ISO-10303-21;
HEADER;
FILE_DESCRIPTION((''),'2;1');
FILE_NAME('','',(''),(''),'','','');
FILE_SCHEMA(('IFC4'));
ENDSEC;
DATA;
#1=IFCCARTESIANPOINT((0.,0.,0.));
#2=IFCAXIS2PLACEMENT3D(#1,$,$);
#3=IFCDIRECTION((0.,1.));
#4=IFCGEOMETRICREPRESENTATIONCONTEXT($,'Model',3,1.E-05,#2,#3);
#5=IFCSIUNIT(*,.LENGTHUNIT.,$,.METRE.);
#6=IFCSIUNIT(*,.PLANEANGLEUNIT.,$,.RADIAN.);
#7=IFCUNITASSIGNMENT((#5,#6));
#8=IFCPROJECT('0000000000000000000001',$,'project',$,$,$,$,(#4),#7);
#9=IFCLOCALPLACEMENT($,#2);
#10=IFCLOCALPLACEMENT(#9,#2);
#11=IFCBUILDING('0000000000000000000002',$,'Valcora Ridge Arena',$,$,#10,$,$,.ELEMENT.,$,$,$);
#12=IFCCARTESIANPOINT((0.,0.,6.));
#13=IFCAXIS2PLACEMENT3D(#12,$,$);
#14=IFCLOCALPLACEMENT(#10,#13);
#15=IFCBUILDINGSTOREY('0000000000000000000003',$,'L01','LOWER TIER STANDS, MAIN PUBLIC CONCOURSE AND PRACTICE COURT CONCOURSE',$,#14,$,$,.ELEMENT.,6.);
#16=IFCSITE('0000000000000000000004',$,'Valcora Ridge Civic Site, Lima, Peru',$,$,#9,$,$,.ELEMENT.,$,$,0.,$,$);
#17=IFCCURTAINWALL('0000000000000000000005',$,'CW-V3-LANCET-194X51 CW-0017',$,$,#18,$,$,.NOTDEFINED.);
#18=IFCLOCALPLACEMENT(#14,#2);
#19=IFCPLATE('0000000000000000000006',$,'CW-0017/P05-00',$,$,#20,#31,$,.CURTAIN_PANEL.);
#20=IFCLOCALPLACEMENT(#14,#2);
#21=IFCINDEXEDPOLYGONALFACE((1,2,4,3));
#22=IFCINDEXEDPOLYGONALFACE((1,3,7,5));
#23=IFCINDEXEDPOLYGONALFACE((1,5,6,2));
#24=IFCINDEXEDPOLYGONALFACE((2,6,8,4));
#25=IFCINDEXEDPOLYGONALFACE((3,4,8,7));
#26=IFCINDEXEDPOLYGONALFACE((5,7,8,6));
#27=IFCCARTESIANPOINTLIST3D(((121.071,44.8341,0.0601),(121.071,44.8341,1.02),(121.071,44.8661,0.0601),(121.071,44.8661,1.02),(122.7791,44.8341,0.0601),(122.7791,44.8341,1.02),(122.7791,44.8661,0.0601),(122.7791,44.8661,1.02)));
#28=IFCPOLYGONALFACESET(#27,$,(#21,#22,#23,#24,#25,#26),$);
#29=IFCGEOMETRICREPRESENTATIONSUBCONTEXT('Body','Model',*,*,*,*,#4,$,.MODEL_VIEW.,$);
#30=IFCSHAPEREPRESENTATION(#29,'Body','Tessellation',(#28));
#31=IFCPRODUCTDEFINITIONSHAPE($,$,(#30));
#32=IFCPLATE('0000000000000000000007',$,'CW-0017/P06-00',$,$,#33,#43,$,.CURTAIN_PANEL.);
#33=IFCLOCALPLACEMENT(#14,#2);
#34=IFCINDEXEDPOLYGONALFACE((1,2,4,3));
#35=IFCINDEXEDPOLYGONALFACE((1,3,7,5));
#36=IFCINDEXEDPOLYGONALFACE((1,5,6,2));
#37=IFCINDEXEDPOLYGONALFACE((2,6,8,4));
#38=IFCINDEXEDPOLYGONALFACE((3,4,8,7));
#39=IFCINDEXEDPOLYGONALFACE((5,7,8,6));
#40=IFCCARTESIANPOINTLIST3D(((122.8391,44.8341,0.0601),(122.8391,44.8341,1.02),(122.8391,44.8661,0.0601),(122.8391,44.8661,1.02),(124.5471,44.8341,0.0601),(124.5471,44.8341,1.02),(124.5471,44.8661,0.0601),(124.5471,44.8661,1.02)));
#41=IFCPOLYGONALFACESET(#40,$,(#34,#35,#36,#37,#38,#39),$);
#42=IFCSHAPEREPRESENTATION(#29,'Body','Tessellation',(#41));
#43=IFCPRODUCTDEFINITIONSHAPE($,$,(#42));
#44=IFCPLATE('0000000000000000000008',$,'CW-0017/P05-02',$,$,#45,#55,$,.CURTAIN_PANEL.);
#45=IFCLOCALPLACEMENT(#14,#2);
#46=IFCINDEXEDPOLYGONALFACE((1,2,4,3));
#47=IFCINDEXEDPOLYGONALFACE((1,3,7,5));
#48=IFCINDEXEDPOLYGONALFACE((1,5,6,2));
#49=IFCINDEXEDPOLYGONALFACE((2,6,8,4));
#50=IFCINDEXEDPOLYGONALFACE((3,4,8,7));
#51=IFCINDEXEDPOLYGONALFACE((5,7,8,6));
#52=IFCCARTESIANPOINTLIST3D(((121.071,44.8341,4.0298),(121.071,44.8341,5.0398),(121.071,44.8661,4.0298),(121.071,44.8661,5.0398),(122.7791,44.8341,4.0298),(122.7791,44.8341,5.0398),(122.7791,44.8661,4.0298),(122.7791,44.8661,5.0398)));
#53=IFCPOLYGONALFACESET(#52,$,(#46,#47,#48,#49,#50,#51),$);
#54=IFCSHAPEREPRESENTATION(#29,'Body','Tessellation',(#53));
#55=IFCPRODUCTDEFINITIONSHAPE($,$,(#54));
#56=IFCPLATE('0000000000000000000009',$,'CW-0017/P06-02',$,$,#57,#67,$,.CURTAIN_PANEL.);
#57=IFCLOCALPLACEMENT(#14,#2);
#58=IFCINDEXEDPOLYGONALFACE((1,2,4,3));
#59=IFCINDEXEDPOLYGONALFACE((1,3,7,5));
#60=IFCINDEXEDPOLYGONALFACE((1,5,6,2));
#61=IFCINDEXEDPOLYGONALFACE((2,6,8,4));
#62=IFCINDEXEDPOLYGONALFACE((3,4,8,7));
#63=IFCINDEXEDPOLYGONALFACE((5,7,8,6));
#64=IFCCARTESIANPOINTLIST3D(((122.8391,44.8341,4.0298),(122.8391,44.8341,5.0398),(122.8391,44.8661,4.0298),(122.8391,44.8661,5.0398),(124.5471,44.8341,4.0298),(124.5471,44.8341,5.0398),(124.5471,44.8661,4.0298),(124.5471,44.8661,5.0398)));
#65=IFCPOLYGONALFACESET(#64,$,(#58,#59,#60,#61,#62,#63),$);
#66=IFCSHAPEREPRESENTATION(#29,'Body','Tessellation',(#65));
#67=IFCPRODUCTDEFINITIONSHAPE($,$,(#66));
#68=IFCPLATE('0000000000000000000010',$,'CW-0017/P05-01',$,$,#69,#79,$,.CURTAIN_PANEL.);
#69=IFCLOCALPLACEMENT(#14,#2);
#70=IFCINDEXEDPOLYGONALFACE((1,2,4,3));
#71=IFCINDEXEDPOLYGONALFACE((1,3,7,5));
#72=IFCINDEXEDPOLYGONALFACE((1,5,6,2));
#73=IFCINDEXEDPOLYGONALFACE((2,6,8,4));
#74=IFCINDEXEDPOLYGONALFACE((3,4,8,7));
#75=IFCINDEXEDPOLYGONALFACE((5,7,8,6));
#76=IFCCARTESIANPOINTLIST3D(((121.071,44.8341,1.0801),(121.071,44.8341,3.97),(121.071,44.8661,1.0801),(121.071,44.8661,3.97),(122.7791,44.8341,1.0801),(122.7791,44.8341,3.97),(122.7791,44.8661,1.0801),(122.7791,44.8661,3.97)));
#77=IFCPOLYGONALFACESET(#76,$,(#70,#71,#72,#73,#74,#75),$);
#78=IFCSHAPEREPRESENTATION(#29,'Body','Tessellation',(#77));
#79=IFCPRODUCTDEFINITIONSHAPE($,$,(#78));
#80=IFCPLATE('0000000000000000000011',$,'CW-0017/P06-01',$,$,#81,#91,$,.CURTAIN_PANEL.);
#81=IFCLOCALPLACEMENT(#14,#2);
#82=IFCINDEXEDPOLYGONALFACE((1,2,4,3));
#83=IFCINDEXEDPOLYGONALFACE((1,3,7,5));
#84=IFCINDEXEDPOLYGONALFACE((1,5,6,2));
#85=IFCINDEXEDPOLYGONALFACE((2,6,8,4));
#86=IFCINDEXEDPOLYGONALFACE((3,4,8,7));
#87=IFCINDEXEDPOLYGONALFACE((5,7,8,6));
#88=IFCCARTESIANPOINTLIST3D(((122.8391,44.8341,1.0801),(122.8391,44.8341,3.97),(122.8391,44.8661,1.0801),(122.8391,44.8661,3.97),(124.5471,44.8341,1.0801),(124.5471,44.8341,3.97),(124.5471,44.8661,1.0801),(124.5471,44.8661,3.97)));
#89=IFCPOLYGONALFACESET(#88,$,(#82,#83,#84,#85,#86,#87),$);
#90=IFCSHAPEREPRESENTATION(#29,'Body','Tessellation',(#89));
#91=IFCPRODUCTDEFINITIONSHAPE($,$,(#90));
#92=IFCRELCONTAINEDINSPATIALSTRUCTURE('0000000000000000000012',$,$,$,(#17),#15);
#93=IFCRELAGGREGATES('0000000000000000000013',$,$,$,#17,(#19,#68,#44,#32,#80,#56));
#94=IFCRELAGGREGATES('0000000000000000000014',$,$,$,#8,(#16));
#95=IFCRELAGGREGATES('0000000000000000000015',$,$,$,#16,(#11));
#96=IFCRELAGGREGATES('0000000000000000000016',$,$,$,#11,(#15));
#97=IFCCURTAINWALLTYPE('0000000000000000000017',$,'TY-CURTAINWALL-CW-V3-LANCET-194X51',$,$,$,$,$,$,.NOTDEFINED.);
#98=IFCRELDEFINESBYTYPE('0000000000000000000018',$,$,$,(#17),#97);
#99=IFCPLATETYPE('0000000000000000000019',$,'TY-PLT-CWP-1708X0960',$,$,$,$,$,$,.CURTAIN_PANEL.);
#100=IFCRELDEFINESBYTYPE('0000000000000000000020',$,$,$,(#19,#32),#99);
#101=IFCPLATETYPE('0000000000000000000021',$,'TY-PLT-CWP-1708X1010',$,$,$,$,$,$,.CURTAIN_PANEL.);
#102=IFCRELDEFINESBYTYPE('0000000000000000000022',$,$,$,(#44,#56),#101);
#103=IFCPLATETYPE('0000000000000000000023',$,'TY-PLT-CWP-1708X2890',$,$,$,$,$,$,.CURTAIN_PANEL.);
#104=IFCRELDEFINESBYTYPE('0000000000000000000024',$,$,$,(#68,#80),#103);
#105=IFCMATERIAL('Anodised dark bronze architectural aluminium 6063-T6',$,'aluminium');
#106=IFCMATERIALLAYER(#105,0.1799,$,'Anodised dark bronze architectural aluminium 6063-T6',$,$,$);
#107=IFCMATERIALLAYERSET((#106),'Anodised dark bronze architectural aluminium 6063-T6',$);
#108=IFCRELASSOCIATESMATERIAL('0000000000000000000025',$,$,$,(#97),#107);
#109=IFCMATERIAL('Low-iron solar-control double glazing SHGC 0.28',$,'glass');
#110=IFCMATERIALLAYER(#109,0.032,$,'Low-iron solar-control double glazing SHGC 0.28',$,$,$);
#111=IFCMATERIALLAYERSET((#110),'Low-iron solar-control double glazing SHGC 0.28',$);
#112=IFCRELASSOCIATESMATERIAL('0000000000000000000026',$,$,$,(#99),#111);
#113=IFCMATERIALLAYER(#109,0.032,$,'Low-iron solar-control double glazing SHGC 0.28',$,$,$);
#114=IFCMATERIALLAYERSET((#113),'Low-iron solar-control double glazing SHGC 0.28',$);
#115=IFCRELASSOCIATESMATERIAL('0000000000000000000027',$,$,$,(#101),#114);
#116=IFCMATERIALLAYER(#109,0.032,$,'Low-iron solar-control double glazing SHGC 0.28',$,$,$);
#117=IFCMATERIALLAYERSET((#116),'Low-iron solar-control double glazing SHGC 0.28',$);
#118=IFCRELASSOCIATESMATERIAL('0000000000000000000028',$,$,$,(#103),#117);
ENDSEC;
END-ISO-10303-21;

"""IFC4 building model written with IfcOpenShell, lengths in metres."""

from ifc_helpers import new_model, si_unit, direction, frame, origin, origin_2d, place, context, subcontext, project, spatial, rectangle, extrude, material, layer, layer_set, type_object, element, aggregate, save


model = new_model("IFC4")

# Units and contexts
model_context = context("Model", 3, precision=1e-05, world=origin(), true_north=direction((0.0, 1.0)))
body_context = subcontext(model_context, "Body", "Model", "MODEL_VIEW")
ifc_project = project(units=[si_unit("LENGTHUNIT", "METRE"), si_unit("PLANEANGLEUNIT", "RADIAN")], contexts=[model_context])

# Site, building, storey
site_placement = place(None, origin())
site = spatial("IfcSite", under=ifc_project, at=site_placement, Name="Valcora Ridge Civic Site, Lima, Peru", CompositionType="ELEMENT", RefElevation=0.0)
building_placement = place(site_placement, origin())
building = spatial("IfcBuilding", under=site, at=building_placement, Name="Valcora Ridge Arena", CompositionType="ELEMENT")
storey_placement = place(building_placement, frame((0.0, 0.0, 6.0)))
storey = spatial("IfcBuildingStorey", under=building, at=storey_placement, Name="L01", Description="LOWER TIER STANDS, MAIN PUBLIC CONCOURSE AND PRACTICE COURT CONCOURSE", CompositionType="ELEMENT", Elevation=6.0)

# Curtain wall, plates
ifc_material_1 = material(Name="Anodised dark bronze architectural aluminium 6063-T6", Category="aluminium")
ifc_layer_1 = layer(ifc_material_1, 0.1799, Name="Anodised dark bronze architectural aluminium 6063-T6")
ifc_layer_set_1 = layer_set([ifc_layer_1], Name="Anodised dark bronze architectural aluminium 6063-T6")
curtain_wall_type = type_object("IfcCurtainWallType", Name="TY-CURTAINWALL-CW-V3-LANCET-194X51", PredefinedType="NOTDEFINED", material=ifc_layer_set_1)
curtain_wall_placement = place(storey_placement, origin())
curtain_wall = element("IfcCurtainWall", 1, at=curtain_wall_placement, inside=storey, type_object=curtain_wall_type, Name="CW-V3-LANCET-194X51 CW-0017", PredefinedType="NOTDEFINED")
ifc_material_2 = material(Name="Low-iron solar-control double glazing SHGC 0.28", Category="glass")
ifc_layer_2 = layer(ifc_material_2, 0.032, Name="Low-iron solar-control double glazing SHGC 0.28")
ifc_layer_set_2 = layer_set([ifc_layer_2], Name="Low-iron solar-control double glazing SHGC 0.28")
plate_type_1 = type_object("IfcPlateType", Name="TY-PLT-CWP-1708X0960", PredefinedType="CURTAIN_PANEL", material=ifc_layer_set_2)
plate_1_placement = place(storey_placement, frame((121.925, 44.8501, 0.0601), z_axis=(0.0, 0.0, 1.0), x_axis=(1.0, 0.0, 0.0)))
plate_1 = element("IfcPlate", 2, at=plate_1_placement, type_object=plate_type_1, Name="CW-0017/P05-00", PredefinedType="CURTAIN_PANEL", context=body_context, shape_type="SweptSolid", body=[
    extrude(rectangle(XDim=1.708, YDim=0.032, at=origin_2d()), origin(), (0.0, 0.0, 1.0), 0.96),
])
plate_2_placement = place(storey_placement, frame((123.6931, 44.8501, 0.0601), z_axis=(0.0, 0.0, 1.0), x_axis=(1.0, 0.0, 0.0)))
plate_2 = element("IfcPlate", 3, at=plate_2_placement, type_object=plate_type_1, Name="CW-0017/P06-00", PredefinedType="CURTAIN_PANEL", context=body_context, shape_type="SweptSolid", body=[
    extrude(rectangle(XDim=1.708, YDim=0.032, at=origin_2d()), origin(), (0.0, 0.0, 1.0), 0.96),
])
ifc_layer_3 = layer(ifc_material_2, 0.032, Name="Low-iron solar-control double glazing SHGC 0.28")
ifc_layer_set_3 = layer_set([ifc_layer_3], Name="Low-iron solar-control double glazing SHGC 0.28")
plate_type_2 = type_object("IfcPlateType", Name="TY-PLT-CWP-1708X1010", PredefinedType="CURTAIN_PANEL", material=ifc_layer_set_3)
plate_3_placement = place(storey_placement, frame((121.925, 44.8501, 4.0298), z_axis=(0.0, 0.0, 1.0), x_axis=(1.0, 0.0, 0.0)))
plate_3 = element("IfcPlate", 4, at=plate_3_placement, type_object=plate_type_2, Name="CW-0017/P05-02", PredefinedType="CURTAIN_PANEL", context=body_context, shape_type="SweptSolid", body=[
    extrude(rectangle(XDim=1.708, YDim=0.032, at=origin_2d()), origin(), (0.0, 0.0, 1.0), 1.01),
])
plate_4_placement = place(storey_placement, frame((123.6931, 44.8501, 4.0298), z_axis=(0.0, 0.0, 1.0), x_axis=(1.0, 0.0, 0.0)))
plate_4 = element("IfcPlate", 5, at=plate_4_placement, type_object=plate_type_2, Name="CW-0017/P06-02", PredefinedType="CURTAIN_PANEL", context=body_context, shape_type="SweptSolid", body=[
    extrude(rectangle(XDim=1.708, YDim=0.032, at=origin_2d()), origin(), (0.0, 0.0, 1.0), 1.01),
])
ifc_layer_4 = layer(ifc_material_2, 0.032, Name="Low-iron solar-control double glazing SHGC 0.28")
ifc_layer_set_4 = layer_set([ifc_layer_4], Name="Low-iron solar-control double glazing SHGC 0.28")
plate_type_3 = type_object("IfcPlateType", Name="TY-PLT-CWP-1708X2890", PredefinedType="CURTAIN_PANEL", material=ifc_layer_set_4)
plate_5_placement = place(storey_placement, frame((121.925, 44.8501, 1.0801), z_axis=(0.0, 0.0, 1.0), x_axis=(1.0, 0.0, 0.0)))
plate_5 = element("IfcPlate", 6, at=plate_5_placement, type_object=plate_type_3, Name="CW-0017/P05-01", PredefinedType="CURTAIN_PANEL", context=body_context, shape_type="SweptSolid", body=[
    extrude(rectangle(XDim=1.708, YDim=0.032, at=origin_2d()), origin(), (0.0, 0.0, 1.0), 2.8899),
])
plate_6_placement = place(storey_placement, frame((123.6931, 44.8501, 1.0801), z_axis=(0.0, 0.0, 1.0), x_axis=(1.0, 0.0, 0.0)))
plate_6 = element("IfcPlate", 7, at=plate_6_placement, type_object=plate_type_3, Name="CW-0017/P06-01", PredefinedType="CURTAIN_PANEL", context=body_context, shape_type="SweptSolid", body=[
    extrude(rectangle(XDim=1.708, YDim=0.032, at=origin_2d()), origin(), (0.0, 0.0, 1.0), 2.8899),
])
aggregate(curtain_wall, [plate_1, plate_5, plate_3, plate_2, plate_6, plate_4])

save(model, "model.ifc")
